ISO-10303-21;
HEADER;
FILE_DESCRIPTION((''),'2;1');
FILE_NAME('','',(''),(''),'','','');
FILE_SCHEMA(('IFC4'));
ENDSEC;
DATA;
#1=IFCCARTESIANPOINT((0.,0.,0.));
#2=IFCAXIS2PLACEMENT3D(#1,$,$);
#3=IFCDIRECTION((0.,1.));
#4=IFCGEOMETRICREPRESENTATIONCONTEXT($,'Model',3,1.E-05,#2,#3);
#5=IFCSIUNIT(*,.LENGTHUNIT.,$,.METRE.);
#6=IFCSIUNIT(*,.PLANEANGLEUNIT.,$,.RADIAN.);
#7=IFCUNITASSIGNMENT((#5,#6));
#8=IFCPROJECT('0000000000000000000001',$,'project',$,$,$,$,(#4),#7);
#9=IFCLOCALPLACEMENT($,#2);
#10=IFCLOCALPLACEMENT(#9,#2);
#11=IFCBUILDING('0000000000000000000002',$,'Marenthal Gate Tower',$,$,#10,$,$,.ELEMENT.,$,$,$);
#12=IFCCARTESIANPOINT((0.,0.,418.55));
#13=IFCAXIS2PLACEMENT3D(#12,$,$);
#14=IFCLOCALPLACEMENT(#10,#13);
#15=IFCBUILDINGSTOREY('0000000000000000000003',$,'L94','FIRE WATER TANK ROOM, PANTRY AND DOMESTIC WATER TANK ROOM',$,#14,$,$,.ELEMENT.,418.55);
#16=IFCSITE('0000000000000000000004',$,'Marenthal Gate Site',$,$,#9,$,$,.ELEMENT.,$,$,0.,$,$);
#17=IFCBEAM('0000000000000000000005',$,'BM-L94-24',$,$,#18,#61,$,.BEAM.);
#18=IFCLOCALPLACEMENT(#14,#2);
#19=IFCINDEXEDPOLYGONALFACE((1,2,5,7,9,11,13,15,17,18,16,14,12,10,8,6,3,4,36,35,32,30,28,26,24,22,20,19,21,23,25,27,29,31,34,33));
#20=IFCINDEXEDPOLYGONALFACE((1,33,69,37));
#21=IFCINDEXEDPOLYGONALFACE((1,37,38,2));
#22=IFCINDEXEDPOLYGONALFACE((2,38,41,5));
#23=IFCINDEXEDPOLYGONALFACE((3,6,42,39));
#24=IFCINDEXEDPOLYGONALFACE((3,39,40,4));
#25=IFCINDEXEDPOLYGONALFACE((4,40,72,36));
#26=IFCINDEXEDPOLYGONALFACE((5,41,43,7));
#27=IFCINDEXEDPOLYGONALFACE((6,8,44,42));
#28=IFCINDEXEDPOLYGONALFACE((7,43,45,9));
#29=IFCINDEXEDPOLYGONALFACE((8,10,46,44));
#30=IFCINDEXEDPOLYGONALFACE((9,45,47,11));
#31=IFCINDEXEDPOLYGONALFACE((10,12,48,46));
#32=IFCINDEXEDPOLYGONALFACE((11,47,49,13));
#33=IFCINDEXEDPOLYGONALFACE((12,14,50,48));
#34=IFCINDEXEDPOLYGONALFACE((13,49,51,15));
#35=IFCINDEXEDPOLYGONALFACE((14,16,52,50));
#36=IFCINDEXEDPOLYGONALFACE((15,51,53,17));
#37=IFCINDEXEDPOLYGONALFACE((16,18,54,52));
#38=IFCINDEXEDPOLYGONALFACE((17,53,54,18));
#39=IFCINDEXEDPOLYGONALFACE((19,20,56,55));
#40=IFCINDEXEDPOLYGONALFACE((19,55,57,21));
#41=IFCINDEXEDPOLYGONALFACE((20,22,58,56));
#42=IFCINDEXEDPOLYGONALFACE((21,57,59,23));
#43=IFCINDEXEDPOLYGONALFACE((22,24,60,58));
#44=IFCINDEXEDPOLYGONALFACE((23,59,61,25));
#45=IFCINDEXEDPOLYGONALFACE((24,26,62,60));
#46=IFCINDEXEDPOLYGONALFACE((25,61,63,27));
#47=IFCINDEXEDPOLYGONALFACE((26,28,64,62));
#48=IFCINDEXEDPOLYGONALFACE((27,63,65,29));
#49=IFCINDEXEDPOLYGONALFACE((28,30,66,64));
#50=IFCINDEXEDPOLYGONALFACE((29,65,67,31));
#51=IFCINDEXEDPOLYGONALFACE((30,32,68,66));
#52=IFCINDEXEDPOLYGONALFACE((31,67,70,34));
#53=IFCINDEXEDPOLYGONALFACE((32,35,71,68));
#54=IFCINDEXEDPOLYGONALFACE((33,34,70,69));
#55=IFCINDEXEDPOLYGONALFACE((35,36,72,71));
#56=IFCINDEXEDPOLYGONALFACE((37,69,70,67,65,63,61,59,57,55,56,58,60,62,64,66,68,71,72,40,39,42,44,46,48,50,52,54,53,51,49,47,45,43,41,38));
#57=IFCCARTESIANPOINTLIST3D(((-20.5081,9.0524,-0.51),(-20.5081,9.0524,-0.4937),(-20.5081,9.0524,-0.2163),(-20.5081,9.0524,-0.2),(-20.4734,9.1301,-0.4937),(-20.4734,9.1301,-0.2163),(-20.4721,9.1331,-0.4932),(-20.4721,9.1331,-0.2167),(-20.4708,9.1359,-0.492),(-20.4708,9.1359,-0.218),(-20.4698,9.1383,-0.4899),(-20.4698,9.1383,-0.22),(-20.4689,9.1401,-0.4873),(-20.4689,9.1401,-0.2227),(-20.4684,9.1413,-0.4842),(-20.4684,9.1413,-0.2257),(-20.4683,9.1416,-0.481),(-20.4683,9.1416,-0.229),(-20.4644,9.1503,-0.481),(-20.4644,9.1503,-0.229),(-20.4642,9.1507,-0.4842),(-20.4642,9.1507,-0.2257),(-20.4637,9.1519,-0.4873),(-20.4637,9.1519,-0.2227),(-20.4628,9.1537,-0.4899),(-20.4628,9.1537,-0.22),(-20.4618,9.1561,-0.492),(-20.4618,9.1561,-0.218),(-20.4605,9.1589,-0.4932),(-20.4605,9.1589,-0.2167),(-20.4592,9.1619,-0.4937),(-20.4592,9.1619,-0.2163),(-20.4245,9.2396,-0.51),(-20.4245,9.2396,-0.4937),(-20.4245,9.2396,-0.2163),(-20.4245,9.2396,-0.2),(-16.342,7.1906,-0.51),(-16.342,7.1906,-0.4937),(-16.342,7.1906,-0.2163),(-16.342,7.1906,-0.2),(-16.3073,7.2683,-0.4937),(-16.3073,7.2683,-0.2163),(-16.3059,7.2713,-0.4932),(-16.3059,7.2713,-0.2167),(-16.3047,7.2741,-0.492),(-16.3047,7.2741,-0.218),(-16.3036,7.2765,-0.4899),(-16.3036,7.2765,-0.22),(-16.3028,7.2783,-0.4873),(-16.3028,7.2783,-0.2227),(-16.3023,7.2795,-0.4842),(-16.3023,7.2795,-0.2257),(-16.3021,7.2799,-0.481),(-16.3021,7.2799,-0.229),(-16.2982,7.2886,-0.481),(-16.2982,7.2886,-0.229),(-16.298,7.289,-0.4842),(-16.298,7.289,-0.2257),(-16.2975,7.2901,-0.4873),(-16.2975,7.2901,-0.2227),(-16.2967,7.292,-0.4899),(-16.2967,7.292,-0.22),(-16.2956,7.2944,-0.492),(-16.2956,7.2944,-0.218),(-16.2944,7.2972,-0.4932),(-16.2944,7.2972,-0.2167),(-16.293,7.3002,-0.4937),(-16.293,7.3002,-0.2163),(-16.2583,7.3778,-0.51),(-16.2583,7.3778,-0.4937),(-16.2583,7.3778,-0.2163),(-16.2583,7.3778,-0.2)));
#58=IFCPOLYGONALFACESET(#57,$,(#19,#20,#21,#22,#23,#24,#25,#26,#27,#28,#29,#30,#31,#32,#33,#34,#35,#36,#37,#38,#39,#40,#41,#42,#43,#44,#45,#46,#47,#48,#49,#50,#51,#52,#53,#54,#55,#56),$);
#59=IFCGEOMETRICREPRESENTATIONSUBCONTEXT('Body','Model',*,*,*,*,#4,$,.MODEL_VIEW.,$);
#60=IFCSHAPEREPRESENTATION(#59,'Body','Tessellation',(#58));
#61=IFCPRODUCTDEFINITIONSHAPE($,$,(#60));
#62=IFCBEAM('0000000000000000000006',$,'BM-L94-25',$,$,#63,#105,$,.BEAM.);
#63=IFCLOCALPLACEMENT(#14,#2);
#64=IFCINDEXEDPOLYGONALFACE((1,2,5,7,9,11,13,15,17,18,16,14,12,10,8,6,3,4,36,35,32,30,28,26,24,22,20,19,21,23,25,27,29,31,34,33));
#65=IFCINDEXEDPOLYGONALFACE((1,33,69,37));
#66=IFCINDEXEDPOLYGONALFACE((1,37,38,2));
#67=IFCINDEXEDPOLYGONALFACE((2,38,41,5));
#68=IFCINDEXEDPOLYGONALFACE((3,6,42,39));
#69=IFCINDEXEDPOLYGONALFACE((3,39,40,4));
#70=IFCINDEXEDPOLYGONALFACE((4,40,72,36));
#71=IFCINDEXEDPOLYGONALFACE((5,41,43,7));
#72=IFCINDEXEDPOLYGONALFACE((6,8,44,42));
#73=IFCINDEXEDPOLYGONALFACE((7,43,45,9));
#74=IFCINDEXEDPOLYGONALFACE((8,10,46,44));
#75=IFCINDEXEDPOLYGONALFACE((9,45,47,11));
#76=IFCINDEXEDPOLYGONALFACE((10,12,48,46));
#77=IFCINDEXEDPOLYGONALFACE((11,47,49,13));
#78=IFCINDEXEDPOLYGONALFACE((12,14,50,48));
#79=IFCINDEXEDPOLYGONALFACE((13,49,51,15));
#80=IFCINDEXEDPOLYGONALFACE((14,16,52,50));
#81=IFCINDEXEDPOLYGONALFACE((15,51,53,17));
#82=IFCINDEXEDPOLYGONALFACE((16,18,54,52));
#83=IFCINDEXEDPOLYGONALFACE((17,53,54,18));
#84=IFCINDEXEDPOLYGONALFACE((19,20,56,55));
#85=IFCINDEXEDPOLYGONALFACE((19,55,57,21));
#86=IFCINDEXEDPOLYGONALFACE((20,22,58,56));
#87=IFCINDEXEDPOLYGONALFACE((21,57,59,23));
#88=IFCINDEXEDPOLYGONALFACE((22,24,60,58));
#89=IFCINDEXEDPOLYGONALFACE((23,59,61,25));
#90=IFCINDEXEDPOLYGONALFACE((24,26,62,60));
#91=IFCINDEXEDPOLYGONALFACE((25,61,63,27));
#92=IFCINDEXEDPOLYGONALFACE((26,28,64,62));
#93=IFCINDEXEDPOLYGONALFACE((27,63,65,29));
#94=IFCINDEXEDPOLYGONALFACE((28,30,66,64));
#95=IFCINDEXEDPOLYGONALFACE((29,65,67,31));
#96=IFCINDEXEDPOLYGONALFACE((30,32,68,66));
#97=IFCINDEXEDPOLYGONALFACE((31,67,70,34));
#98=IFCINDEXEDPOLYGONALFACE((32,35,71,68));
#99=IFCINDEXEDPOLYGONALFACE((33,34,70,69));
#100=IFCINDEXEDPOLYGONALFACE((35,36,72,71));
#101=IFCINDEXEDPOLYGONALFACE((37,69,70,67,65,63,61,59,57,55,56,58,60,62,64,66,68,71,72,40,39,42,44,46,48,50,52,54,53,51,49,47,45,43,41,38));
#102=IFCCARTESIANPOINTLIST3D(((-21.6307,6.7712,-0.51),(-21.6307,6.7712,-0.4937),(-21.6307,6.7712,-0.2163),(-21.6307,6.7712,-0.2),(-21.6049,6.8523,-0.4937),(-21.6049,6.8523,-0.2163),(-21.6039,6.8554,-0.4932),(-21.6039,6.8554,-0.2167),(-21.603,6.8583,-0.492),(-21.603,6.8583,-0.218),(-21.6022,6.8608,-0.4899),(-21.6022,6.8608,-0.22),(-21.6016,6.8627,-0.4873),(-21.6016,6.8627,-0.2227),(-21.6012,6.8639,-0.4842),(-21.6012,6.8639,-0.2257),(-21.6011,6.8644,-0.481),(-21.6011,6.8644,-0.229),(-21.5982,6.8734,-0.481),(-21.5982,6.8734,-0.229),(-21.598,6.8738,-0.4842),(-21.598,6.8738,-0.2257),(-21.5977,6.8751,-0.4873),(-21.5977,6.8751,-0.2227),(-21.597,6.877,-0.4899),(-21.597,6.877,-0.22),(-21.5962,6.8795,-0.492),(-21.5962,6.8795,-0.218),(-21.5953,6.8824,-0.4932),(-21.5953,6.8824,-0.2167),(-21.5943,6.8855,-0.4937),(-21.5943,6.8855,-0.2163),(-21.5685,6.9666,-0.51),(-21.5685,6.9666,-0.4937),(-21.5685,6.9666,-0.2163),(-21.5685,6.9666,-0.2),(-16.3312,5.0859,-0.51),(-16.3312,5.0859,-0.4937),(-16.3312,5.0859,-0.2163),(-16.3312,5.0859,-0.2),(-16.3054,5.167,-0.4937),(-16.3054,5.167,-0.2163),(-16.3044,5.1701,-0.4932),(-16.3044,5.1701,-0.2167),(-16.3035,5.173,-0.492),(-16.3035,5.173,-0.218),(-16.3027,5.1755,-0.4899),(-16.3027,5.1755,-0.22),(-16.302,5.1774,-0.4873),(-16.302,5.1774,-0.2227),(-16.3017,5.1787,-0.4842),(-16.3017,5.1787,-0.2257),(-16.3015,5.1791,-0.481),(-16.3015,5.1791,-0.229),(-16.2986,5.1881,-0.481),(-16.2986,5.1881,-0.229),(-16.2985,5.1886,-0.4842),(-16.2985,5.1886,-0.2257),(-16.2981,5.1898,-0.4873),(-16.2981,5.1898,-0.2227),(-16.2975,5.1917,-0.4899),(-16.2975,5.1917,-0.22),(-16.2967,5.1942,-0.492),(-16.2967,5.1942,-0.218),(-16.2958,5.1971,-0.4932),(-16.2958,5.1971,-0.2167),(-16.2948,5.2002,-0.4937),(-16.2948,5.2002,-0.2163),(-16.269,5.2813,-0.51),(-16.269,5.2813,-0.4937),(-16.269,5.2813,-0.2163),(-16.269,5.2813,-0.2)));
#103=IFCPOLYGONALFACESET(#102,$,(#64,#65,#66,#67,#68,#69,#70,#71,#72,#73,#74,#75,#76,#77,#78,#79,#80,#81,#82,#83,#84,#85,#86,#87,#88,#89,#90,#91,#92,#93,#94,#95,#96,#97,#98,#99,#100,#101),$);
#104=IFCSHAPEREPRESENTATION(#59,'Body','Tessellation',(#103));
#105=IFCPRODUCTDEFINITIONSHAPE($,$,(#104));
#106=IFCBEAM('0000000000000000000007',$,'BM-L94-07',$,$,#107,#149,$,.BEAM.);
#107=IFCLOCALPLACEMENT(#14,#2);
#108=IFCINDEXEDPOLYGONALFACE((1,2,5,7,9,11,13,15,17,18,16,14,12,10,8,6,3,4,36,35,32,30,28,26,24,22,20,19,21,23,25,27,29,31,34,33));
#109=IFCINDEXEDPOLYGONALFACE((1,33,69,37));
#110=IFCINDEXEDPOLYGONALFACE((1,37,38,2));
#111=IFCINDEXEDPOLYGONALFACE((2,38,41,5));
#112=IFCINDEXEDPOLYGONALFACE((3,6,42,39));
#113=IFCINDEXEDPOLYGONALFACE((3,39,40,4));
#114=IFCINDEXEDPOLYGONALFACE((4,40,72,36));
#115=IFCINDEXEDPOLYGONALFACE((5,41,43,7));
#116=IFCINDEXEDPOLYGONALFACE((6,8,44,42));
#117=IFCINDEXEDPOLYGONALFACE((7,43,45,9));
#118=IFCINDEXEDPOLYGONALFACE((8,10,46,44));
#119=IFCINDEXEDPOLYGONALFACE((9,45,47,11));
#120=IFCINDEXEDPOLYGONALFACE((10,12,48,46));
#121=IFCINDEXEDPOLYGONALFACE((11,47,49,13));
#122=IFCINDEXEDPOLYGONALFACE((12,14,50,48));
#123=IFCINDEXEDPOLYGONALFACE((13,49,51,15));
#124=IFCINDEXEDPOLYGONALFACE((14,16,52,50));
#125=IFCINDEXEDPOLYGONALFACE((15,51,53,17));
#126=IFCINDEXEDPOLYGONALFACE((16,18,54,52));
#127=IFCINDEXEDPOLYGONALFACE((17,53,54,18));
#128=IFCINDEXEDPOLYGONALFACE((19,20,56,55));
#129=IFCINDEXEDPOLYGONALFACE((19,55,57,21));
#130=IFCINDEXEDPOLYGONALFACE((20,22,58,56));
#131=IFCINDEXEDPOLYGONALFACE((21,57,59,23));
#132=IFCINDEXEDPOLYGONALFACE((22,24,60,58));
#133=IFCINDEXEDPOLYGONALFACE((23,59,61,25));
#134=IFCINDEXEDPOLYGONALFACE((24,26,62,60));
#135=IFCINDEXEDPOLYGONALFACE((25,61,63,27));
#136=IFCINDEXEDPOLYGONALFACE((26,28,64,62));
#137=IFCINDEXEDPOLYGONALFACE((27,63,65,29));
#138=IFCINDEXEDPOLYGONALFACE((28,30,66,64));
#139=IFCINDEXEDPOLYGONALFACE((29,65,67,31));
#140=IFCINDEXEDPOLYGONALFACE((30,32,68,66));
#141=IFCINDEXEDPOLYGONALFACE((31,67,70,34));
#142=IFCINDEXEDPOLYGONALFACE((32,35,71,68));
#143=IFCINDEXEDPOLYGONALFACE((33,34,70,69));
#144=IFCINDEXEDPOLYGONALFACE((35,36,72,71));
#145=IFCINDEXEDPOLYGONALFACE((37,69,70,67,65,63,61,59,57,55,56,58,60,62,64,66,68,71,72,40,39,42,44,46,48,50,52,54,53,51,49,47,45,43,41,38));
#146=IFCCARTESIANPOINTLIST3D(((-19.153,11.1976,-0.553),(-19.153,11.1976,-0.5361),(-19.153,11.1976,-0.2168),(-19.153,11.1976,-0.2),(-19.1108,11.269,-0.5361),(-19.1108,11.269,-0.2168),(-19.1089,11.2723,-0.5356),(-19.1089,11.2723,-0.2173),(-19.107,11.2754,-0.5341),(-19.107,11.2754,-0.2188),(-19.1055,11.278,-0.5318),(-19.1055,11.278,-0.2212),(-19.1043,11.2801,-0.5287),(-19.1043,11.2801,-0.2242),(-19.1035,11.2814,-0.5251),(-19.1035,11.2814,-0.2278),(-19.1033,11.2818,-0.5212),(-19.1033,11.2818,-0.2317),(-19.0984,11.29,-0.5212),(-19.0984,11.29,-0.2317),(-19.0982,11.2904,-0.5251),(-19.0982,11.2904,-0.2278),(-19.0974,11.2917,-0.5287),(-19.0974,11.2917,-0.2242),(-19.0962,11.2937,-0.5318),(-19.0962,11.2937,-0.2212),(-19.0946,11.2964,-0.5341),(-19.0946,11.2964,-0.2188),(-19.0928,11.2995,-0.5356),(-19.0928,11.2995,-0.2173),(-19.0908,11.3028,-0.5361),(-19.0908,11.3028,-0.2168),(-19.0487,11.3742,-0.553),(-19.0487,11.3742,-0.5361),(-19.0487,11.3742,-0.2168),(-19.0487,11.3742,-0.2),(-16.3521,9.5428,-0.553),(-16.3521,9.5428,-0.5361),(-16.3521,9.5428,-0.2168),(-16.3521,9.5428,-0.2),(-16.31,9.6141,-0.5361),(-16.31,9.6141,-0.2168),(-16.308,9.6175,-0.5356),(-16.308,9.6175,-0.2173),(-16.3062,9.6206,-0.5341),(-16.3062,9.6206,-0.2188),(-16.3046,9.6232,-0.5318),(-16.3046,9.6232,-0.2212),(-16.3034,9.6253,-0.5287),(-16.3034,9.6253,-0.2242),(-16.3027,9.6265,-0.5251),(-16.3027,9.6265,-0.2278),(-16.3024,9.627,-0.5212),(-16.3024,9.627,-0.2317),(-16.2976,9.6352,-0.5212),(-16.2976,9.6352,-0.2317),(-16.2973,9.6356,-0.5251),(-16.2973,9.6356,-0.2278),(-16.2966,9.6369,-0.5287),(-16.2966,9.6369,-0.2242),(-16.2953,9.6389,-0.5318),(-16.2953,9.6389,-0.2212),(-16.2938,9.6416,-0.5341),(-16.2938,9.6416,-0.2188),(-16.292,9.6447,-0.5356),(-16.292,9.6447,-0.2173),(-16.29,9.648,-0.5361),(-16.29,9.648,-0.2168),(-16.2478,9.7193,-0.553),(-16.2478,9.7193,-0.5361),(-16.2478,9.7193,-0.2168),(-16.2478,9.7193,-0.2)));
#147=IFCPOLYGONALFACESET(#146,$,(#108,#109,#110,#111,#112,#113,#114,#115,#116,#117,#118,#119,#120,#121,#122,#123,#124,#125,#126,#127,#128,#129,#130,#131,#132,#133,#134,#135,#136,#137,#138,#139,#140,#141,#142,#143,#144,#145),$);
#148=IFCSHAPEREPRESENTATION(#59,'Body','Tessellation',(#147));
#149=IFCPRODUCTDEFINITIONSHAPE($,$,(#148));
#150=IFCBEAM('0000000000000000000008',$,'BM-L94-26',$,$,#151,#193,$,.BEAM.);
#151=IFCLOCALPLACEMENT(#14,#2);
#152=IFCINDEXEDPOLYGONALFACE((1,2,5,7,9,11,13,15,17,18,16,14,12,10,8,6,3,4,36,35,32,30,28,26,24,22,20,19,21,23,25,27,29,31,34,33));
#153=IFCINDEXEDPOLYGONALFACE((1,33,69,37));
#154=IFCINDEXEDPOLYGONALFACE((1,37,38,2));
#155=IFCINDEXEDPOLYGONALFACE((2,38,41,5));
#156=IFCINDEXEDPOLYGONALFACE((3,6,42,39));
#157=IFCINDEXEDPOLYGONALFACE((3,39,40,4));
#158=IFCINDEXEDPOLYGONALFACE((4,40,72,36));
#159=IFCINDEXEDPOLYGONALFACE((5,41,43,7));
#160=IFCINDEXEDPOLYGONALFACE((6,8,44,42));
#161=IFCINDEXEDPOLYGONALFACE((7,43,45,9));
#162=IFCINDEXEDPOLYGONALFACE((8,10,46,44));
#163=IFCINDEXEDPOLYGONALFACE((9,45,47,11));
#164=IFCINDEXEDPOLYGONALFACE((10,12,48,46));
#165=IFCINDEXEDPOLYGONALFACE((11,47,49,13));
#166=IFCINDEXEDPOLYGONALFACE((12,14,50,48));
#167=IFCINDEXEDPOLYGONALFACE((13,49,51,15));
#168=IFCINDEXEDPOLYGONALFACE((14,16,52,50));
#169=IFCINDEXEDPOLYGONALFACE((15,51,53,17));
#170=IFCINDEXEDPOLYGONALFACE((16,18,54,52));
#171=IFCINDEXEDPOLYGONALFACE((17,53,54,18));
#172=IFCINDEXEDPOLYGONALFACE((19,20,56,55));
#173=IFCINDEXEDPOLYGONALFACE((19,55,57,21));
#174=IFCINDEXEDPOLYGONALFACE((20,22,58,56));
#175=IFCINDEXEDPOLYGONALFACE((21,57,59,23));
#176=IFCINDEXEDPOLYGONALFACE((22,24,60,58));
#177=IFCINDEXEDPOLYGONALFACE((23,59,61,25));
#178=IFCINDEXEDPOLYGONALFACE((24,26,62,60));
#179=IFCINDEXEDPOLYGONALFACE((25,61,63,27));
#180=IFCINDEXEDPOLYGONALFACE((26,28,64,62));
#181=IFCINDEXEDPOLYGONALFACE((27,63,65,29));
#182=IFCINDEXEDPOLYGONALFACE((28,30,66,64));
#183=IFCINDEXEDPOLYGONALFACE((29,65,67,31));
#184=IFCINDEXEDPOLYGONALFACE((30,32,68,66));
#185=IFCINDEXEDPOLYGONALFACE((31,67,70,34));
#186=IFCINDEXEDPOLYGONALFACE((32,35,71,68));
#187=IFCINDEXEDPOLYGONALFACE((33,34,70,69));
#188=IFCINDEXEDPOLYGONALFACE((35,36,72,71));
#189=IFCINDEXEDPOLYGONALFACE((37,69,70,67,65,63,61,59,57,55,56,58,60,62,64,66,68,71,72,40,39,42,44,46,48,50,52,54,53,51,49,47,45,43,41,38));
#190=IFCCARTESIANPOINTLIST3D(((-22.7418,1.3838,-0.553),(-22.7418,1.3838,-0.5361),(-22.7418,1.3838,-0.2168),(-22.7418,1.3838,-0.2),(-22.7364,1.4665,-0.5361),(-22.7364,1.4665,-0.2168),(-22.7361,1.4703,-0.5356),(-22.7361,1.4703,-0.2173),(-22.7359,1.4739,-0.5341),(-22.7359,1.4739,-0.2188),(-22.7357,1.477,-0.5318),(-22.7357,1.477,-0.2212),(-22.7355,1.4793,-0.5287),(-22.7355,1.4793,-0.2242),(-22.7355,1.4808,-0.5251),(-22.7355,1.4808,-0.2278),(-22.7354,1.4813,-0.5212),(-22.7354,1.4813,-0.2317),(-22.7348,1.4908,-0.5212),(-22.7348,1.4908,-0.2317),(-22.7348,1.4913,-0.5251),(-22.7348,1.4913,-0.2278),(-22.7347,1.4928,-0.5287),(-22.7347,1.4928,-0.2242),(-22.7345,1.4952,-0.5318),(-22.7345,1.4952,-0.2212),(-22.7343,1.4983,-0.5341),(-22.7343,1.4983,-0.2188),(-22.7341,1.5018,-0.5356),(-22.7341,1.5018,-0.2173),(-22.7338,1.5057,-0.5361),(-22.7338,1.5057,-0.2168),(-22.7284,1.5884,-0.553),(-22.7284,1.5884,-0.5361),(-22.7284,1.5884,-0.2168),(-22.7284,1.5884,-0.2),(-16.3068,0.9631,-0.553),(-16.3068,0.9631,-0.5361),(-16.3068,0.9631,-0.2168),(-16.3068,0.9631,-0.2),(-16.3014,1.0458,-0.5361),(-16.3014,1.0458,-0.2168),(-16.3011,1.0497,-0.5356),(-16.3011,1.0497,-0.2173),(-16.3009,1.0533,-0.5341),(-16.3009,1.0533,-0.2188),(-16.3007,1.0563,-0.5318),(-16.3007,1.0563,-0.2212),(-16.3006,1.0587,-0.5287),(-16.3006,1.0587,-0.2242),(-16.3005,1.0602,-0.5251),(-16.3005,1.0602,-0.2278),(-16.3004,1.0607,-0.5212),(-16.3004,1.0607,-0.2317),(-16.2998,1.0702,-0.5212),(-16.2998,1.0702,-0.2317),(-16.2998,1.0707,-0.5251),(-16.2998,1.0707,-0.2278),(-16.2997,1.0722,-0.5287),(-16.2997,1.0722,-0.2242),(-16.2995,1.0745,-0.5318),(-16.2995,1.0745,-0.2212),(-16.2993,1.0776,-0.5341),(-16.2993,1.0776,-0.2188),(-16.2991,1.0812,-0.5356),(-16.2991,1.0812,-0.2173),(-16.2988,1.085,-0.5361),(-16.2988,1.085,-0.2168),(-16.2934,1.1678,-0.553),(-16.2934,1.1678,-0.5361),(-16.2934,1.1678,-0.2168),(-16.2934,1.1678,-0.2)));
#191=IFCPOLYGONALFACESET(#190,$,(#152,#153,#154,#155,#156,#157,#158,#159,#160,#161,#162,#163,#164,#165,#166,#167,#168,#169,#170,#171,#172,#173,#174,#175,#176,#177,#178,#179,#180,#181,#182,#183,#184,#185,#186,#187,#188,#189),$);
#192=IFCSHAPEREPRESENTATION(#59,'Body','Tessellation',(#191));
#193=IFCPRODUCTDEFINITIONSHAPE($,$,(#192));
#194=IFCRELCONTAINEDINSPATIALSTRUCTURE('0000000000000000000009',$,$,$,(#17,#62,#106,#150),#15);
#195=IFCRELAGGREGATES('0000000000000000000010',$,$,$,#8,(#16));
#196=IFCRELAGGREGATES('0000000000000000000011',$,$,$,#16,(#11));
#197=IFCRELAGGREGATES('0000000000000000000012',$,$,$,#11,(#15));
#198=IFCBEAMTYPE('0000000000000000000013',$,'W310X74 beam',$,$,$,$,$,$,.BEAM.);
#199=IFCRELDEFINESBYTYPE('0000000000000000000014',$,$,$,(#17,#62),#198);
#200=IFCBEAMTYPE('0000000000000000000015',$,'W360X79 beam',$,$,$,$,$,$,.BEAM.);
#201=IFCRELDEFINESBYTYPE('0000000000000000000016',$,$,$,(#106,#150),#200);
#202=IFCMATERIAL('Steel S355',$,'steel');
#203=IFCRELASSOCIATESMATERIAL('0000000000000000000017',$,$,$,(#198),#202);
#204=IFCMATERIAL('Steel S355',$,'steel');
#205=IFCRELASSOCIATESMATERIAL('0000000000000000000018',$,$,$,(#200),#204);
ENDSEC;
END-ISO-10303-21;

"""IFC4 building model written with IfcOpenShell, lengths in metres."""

from ifc_helpers import new_model, si_unit, direction, frame, origin, origin_2d, place, context, subcontext, project, spatial, i_section, extrude, material, material_profile, profile_set, type_object, element, save


model = new_model("IFC4")

# Units and contexts
model_context = context("Model", 3, precision=1e-05, world=origin(), true_north=direction((0.0, 1.0)))
body_context = subcontext(model_context, "Body", "Model", "MODEL_VIEW")
ifc_project = project(units=[si_unit("LENGTHUNIT", "METRE"), si_unit("PLANEANGLEUNIT", "RADIAN")], contexts=[model_context])

# Site, building, storey
site_placement = place(None, origin())
site = spatial("IfcSite", under=ifc_project, at=site_placement, Name="Marenthal Gate Site", CompositionType="ELEMENT", RefElevation=0.0)
building_placement = place(site_placement, origin())
building = spatial("IfcBuilding", under=site, at=building_placement, Name="Marenthal Gate Tower", CompositionType="ELEMENT")
storey_placement = place(building_placement, frame((0.0, 0.0, 418.55)))
storey = spatial("IfcBuildingStorey", under=building, at=storey_placement, Name="L94", Description="FIRE WATER TANK ROOM, PANTRY AND DOMESTIC WATER TANK ROOM", CompositionType="ELEMENT", Elevation=418.55)

# Beams
ifc_material_1 = material(Name="Steel S355", Category="steel")
ifc_material_profile_1 = material_profile(ifc_material_1, i_section(OverallWidth=0.2051, OverallDepth=0.3101, WebThickness=0.0095, FlangeThickness=0.0164, FilletRadius=0.0127, at=origin_2d()), Name="W310X74")
ifc_profile_set_1 = profile_set([ifc_material_profile_1], Name="Steel S355")
beam_type_1 = type_object("IfcBeamType", Name="W310X74 beam", PredefinedType="BEAM", material=ifc_profile_set_1)
beam_1_placement = place(storey_placement, frame((-20.4663, 9.146, -0.355), z_axis=(0.912985, -0.407994, 0.0), x_axis=(0.407994, 0.912985, 0.0)))
element("IfcBeam", 1, at=beam_1_placement, inside=storey, type_object=beam_type_1, Name="BM-L94-24", PredefinedType="BEAM", context=body_context, shape_type="SweptSolid", body=[
    extrude(i_section(OverallWidth=0.2051, OverallDepth=0.3101, WebThickness=0.0095, FlangeThickness=0.0164, FilletRadius=0.0127, at=origin_2d()), origin(), (0.0, 0.0, 1.0), 4.5632),
])
beam_2_placement = place(storey_placement, frame((-21.5996, 6.8689, -0.355), z_axis=(0.952974, -0.303053, 0.0), x_axis=(0.303053, 0.952974, 0.0)))
element("IfcBeam", 2, at=beam_2_placement, inside=storey, type_object=beam_type_1, Name="BM-L94-25", PredefinedType="BEAM", context=body_context, shape_type="SweptSolid", body=[
    extrude(i_section(OverallWidth=0.2051, OverallDepth=0.3101, WebThickness=0.0095, FlangeThickness=0.0164, FilletRadius=0.0127, at=origin_2d()), origin(), (0.0, 0.0, 1.0), 5.561),
])
ifc_material_2 = material(Name="Steel S355", Category="steel")
ifc_material_profile_2 = material_profile(ifc_material_2, i_section(OverallWidth=0.2051, OverallDepth=0.353, WebThickness=0.0095, FlangeThickness=0.0168, FilletRadius=0.0149, at=origin_2d()), Name="W360X79")
ifc_profile_set_2 = profile_set([ifc_material_profile_2], Name="Steel S355")
beam_type_2 = type_object("IfcBeamType", Name="W360X79 beam", PredefinedType="BEAM", material=ifc_profile_set_2)
beam_3_placement = place(storey_placement, frame((-19.1008, 11.2859, -0.3765), z_axis=(0.860956, -0.508679, 0.0), x_axis=(0.508679, 0.860956, 0.0)))
element("IfcBeam", 3, at=beam_3_placement, inside=storey, type_object=beam_type_2, Name="BM-L94-07", PredefinedType="BEAM", context=body_context, shape_type="SweptSolid", body=[
    extrude(i_section(OverallWidth=0.2051, OverallDepth=0.353, WebThickness=0.0095, FlangeThickness=0.0168, FilletRadius=0.0149, at=origin_2d()), origin(), (0.0, 0.0, 1.0), 3.2532),
])
beam_4_placement = place(storey_placement, frame((-22.7351, 1.4861, -0.3765), z_axis=(0.99787, -0.06523, 0.0), x_axis=(0.06523, 0.99787, 0.0)))
element("IfcBeam", 4, at=beam_4_placement, inside=storey, type_object=beam_type_2, Name="BM-L94-26", PredefinedType="BEAM", context=body_context, shape_type="SweptSolid", body=[
    extrude(i_section(OverallWidth=0.2051, OverallDepth=0.353, WebThickness=0.0095, FlangeThickness=0.0168, FilletRadius=0.0149, at=origin_2d()), origin(), (0.0, 0.0, 1.0), 6.4487),
])

save(model, "model.ifc")
